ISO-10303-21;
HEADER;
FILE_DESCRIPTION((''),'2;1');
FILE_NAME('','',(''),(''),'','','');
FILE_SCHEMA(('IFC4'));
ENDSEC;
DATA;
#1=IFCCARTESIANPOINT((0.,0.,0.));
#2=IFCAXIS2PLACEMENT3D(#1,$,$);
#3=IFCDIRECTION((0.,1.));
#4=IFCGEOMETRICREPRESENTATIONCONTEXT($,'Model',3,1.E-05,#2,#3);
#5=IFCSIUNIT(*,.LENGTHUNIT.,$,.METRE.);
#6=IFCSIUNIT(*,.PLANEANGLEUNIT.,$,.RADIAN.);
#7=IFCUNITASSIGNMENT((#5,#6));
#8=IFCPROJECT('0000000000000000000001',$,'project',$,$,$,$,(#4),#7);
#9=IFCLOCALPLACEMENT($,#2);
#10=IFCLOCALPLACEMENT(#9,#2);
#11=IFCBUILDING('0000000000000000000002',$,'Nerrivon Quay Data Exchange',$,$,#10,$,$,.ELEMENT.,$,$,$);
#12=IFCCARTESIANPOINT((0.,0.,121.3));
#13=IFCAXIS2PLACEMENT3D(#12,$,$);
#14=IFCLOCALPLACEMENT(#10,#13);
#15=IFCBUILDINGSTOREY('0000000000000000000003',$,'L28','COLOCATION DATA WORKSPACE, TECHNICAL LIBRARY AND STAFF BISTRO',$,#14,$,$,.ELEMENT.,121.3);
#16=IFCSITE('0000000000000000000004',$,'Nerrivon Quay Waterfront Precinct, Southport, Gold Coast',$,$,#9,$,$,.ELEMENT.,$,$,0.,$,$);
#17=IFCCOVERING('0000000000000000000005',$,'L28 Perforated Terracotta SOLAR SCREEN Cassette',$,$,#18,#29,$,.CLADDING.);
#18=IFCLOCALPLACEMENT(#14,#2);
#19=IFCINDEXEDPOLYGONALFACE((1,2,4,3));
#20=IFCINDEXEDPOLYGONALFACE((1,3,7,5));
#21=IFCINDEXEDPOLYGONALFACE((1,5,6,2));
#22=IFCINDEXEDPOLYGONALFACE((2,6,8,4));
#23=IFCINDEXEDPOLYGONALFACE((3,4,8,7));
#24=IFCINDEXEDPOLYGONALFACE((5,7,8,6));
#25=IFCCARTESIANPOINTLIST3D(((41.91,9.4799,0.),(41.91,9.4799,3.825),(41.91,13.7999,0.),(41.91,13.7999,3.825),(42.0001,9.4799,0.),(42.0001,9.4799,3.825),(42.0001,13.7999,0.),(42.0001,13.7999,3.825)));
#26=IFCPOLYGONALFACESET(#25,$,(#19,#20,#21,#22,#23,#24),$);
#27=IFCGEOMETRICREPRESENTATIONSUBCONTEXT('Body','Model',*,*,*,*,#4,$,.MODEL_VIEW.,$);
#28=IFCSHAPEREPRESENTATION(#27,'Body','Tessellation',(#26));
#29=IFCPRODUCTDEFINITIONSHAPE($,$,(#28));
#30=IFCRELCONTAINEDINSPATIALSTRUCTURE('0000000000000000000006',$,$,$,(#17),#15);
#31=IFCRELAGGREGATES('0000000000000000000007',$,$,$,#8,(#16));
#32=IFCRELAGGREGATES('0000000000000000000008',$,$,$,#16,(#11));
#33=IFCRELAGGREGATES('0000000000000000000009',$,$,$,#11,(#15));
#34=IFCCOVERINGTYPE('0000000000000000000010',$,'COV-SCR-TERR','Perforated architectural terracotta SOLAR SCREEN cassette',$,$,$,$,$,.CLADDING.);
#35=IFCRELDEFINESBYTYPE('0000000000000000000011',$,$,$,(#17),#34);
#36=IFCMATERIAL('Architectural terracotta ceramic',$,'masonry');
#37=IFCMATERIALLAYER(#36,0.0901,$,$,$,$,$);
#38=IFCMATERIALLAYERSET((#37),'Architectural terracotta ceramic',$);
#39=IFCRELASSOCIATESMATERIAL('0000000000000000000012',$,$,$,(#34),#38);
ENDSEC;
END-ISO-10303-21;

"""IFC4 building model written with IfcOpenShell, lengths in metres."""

from ifc_helpers import new_model, si_unit, direction, frame, origin, origin_2d, place, context, subcontext, project, spatial, rectangle, extrude, material, layer, layer_set, type_object, element, save


model = new_model("IFC4")

# Units and contexts
model_context = context("Model", 3, precision=1e-05, world=origin(), true_north=direction((0.0, 1.0)))
body_context = subcontext(model_context, "Body", "Model", "MODEL_VIEW")
ifc_project = project(units=[si_unit("LENGTHUNIT", "METRE"), si_unit("PLANEANGLEUNIT", "RADIAN")], contexts=[model_context])

# Site, building, storey
site_placement = place(None, origin())
site = spatial("IfcSite", under=ifc_project, at=site_placement, Name="Nerrivon Quay Waterfront Precinct, Southport, Gold Coast", CompositionType="ELEMENT", RefElevation=0.0)
building_placement = place(site_placement, origin())
building = spatial("IfcBuilding", under=site, at=building_placement, Name="Nerrivon Quay Data Exchange", CompositionType="ELEMENT")
storey_placement = place(building_placement, frame((0.0, 0.0, 121.3)))
storey = spatial("IfcBuildingStorey", under=building, at=storey_placement, Name="L28", Description="COLOCATION DATA WORKSPACE, TECHNICAL LIBRARY AND STAFF BISTRO", CompositionType="ELEMENT", Elevation=121.3)

# Covering
ifc_material_1 = material(Name="Architectural terracotta ceramic", Category="masonry")
ifc_layer_1 = layer(ifc_material_1, 0.0901)
ifc_layer_set_1 = layer_set([ifc_layer_1], Name="Architectural terracotta ceramic")
covering_type = type_object("IfcCoveringType", Name="COV-SCR-TERR", Description="Perforated architectural terracotta SOLAR SCREEN cassette", PredefinedType="CLADDING", material=ifc_layer_set_1)
covering_placement = place(storey_placement, frame((41.9551, 11.6399, 0.0), z_axis=(0.0, 0.0, 1.0), x_axis=(0.0, -1.0, 0.0)))
element("IfcCovering", 1, at=covering_placement, inside=storey, type_object=covering_type, Name="L28 Perforated Terracotta SOLAR SCREEN Cassette", PredefinedType="CLADDING", context=body_context, shape_type="SweptSolid", body=[
    extrude(rectangle(XDim=4.3201, YDim=0.0901, at=origin_2d()), origin(), (0.0, 0.0, 1.0), 3.825),
])

save(model, "model.ifc")
